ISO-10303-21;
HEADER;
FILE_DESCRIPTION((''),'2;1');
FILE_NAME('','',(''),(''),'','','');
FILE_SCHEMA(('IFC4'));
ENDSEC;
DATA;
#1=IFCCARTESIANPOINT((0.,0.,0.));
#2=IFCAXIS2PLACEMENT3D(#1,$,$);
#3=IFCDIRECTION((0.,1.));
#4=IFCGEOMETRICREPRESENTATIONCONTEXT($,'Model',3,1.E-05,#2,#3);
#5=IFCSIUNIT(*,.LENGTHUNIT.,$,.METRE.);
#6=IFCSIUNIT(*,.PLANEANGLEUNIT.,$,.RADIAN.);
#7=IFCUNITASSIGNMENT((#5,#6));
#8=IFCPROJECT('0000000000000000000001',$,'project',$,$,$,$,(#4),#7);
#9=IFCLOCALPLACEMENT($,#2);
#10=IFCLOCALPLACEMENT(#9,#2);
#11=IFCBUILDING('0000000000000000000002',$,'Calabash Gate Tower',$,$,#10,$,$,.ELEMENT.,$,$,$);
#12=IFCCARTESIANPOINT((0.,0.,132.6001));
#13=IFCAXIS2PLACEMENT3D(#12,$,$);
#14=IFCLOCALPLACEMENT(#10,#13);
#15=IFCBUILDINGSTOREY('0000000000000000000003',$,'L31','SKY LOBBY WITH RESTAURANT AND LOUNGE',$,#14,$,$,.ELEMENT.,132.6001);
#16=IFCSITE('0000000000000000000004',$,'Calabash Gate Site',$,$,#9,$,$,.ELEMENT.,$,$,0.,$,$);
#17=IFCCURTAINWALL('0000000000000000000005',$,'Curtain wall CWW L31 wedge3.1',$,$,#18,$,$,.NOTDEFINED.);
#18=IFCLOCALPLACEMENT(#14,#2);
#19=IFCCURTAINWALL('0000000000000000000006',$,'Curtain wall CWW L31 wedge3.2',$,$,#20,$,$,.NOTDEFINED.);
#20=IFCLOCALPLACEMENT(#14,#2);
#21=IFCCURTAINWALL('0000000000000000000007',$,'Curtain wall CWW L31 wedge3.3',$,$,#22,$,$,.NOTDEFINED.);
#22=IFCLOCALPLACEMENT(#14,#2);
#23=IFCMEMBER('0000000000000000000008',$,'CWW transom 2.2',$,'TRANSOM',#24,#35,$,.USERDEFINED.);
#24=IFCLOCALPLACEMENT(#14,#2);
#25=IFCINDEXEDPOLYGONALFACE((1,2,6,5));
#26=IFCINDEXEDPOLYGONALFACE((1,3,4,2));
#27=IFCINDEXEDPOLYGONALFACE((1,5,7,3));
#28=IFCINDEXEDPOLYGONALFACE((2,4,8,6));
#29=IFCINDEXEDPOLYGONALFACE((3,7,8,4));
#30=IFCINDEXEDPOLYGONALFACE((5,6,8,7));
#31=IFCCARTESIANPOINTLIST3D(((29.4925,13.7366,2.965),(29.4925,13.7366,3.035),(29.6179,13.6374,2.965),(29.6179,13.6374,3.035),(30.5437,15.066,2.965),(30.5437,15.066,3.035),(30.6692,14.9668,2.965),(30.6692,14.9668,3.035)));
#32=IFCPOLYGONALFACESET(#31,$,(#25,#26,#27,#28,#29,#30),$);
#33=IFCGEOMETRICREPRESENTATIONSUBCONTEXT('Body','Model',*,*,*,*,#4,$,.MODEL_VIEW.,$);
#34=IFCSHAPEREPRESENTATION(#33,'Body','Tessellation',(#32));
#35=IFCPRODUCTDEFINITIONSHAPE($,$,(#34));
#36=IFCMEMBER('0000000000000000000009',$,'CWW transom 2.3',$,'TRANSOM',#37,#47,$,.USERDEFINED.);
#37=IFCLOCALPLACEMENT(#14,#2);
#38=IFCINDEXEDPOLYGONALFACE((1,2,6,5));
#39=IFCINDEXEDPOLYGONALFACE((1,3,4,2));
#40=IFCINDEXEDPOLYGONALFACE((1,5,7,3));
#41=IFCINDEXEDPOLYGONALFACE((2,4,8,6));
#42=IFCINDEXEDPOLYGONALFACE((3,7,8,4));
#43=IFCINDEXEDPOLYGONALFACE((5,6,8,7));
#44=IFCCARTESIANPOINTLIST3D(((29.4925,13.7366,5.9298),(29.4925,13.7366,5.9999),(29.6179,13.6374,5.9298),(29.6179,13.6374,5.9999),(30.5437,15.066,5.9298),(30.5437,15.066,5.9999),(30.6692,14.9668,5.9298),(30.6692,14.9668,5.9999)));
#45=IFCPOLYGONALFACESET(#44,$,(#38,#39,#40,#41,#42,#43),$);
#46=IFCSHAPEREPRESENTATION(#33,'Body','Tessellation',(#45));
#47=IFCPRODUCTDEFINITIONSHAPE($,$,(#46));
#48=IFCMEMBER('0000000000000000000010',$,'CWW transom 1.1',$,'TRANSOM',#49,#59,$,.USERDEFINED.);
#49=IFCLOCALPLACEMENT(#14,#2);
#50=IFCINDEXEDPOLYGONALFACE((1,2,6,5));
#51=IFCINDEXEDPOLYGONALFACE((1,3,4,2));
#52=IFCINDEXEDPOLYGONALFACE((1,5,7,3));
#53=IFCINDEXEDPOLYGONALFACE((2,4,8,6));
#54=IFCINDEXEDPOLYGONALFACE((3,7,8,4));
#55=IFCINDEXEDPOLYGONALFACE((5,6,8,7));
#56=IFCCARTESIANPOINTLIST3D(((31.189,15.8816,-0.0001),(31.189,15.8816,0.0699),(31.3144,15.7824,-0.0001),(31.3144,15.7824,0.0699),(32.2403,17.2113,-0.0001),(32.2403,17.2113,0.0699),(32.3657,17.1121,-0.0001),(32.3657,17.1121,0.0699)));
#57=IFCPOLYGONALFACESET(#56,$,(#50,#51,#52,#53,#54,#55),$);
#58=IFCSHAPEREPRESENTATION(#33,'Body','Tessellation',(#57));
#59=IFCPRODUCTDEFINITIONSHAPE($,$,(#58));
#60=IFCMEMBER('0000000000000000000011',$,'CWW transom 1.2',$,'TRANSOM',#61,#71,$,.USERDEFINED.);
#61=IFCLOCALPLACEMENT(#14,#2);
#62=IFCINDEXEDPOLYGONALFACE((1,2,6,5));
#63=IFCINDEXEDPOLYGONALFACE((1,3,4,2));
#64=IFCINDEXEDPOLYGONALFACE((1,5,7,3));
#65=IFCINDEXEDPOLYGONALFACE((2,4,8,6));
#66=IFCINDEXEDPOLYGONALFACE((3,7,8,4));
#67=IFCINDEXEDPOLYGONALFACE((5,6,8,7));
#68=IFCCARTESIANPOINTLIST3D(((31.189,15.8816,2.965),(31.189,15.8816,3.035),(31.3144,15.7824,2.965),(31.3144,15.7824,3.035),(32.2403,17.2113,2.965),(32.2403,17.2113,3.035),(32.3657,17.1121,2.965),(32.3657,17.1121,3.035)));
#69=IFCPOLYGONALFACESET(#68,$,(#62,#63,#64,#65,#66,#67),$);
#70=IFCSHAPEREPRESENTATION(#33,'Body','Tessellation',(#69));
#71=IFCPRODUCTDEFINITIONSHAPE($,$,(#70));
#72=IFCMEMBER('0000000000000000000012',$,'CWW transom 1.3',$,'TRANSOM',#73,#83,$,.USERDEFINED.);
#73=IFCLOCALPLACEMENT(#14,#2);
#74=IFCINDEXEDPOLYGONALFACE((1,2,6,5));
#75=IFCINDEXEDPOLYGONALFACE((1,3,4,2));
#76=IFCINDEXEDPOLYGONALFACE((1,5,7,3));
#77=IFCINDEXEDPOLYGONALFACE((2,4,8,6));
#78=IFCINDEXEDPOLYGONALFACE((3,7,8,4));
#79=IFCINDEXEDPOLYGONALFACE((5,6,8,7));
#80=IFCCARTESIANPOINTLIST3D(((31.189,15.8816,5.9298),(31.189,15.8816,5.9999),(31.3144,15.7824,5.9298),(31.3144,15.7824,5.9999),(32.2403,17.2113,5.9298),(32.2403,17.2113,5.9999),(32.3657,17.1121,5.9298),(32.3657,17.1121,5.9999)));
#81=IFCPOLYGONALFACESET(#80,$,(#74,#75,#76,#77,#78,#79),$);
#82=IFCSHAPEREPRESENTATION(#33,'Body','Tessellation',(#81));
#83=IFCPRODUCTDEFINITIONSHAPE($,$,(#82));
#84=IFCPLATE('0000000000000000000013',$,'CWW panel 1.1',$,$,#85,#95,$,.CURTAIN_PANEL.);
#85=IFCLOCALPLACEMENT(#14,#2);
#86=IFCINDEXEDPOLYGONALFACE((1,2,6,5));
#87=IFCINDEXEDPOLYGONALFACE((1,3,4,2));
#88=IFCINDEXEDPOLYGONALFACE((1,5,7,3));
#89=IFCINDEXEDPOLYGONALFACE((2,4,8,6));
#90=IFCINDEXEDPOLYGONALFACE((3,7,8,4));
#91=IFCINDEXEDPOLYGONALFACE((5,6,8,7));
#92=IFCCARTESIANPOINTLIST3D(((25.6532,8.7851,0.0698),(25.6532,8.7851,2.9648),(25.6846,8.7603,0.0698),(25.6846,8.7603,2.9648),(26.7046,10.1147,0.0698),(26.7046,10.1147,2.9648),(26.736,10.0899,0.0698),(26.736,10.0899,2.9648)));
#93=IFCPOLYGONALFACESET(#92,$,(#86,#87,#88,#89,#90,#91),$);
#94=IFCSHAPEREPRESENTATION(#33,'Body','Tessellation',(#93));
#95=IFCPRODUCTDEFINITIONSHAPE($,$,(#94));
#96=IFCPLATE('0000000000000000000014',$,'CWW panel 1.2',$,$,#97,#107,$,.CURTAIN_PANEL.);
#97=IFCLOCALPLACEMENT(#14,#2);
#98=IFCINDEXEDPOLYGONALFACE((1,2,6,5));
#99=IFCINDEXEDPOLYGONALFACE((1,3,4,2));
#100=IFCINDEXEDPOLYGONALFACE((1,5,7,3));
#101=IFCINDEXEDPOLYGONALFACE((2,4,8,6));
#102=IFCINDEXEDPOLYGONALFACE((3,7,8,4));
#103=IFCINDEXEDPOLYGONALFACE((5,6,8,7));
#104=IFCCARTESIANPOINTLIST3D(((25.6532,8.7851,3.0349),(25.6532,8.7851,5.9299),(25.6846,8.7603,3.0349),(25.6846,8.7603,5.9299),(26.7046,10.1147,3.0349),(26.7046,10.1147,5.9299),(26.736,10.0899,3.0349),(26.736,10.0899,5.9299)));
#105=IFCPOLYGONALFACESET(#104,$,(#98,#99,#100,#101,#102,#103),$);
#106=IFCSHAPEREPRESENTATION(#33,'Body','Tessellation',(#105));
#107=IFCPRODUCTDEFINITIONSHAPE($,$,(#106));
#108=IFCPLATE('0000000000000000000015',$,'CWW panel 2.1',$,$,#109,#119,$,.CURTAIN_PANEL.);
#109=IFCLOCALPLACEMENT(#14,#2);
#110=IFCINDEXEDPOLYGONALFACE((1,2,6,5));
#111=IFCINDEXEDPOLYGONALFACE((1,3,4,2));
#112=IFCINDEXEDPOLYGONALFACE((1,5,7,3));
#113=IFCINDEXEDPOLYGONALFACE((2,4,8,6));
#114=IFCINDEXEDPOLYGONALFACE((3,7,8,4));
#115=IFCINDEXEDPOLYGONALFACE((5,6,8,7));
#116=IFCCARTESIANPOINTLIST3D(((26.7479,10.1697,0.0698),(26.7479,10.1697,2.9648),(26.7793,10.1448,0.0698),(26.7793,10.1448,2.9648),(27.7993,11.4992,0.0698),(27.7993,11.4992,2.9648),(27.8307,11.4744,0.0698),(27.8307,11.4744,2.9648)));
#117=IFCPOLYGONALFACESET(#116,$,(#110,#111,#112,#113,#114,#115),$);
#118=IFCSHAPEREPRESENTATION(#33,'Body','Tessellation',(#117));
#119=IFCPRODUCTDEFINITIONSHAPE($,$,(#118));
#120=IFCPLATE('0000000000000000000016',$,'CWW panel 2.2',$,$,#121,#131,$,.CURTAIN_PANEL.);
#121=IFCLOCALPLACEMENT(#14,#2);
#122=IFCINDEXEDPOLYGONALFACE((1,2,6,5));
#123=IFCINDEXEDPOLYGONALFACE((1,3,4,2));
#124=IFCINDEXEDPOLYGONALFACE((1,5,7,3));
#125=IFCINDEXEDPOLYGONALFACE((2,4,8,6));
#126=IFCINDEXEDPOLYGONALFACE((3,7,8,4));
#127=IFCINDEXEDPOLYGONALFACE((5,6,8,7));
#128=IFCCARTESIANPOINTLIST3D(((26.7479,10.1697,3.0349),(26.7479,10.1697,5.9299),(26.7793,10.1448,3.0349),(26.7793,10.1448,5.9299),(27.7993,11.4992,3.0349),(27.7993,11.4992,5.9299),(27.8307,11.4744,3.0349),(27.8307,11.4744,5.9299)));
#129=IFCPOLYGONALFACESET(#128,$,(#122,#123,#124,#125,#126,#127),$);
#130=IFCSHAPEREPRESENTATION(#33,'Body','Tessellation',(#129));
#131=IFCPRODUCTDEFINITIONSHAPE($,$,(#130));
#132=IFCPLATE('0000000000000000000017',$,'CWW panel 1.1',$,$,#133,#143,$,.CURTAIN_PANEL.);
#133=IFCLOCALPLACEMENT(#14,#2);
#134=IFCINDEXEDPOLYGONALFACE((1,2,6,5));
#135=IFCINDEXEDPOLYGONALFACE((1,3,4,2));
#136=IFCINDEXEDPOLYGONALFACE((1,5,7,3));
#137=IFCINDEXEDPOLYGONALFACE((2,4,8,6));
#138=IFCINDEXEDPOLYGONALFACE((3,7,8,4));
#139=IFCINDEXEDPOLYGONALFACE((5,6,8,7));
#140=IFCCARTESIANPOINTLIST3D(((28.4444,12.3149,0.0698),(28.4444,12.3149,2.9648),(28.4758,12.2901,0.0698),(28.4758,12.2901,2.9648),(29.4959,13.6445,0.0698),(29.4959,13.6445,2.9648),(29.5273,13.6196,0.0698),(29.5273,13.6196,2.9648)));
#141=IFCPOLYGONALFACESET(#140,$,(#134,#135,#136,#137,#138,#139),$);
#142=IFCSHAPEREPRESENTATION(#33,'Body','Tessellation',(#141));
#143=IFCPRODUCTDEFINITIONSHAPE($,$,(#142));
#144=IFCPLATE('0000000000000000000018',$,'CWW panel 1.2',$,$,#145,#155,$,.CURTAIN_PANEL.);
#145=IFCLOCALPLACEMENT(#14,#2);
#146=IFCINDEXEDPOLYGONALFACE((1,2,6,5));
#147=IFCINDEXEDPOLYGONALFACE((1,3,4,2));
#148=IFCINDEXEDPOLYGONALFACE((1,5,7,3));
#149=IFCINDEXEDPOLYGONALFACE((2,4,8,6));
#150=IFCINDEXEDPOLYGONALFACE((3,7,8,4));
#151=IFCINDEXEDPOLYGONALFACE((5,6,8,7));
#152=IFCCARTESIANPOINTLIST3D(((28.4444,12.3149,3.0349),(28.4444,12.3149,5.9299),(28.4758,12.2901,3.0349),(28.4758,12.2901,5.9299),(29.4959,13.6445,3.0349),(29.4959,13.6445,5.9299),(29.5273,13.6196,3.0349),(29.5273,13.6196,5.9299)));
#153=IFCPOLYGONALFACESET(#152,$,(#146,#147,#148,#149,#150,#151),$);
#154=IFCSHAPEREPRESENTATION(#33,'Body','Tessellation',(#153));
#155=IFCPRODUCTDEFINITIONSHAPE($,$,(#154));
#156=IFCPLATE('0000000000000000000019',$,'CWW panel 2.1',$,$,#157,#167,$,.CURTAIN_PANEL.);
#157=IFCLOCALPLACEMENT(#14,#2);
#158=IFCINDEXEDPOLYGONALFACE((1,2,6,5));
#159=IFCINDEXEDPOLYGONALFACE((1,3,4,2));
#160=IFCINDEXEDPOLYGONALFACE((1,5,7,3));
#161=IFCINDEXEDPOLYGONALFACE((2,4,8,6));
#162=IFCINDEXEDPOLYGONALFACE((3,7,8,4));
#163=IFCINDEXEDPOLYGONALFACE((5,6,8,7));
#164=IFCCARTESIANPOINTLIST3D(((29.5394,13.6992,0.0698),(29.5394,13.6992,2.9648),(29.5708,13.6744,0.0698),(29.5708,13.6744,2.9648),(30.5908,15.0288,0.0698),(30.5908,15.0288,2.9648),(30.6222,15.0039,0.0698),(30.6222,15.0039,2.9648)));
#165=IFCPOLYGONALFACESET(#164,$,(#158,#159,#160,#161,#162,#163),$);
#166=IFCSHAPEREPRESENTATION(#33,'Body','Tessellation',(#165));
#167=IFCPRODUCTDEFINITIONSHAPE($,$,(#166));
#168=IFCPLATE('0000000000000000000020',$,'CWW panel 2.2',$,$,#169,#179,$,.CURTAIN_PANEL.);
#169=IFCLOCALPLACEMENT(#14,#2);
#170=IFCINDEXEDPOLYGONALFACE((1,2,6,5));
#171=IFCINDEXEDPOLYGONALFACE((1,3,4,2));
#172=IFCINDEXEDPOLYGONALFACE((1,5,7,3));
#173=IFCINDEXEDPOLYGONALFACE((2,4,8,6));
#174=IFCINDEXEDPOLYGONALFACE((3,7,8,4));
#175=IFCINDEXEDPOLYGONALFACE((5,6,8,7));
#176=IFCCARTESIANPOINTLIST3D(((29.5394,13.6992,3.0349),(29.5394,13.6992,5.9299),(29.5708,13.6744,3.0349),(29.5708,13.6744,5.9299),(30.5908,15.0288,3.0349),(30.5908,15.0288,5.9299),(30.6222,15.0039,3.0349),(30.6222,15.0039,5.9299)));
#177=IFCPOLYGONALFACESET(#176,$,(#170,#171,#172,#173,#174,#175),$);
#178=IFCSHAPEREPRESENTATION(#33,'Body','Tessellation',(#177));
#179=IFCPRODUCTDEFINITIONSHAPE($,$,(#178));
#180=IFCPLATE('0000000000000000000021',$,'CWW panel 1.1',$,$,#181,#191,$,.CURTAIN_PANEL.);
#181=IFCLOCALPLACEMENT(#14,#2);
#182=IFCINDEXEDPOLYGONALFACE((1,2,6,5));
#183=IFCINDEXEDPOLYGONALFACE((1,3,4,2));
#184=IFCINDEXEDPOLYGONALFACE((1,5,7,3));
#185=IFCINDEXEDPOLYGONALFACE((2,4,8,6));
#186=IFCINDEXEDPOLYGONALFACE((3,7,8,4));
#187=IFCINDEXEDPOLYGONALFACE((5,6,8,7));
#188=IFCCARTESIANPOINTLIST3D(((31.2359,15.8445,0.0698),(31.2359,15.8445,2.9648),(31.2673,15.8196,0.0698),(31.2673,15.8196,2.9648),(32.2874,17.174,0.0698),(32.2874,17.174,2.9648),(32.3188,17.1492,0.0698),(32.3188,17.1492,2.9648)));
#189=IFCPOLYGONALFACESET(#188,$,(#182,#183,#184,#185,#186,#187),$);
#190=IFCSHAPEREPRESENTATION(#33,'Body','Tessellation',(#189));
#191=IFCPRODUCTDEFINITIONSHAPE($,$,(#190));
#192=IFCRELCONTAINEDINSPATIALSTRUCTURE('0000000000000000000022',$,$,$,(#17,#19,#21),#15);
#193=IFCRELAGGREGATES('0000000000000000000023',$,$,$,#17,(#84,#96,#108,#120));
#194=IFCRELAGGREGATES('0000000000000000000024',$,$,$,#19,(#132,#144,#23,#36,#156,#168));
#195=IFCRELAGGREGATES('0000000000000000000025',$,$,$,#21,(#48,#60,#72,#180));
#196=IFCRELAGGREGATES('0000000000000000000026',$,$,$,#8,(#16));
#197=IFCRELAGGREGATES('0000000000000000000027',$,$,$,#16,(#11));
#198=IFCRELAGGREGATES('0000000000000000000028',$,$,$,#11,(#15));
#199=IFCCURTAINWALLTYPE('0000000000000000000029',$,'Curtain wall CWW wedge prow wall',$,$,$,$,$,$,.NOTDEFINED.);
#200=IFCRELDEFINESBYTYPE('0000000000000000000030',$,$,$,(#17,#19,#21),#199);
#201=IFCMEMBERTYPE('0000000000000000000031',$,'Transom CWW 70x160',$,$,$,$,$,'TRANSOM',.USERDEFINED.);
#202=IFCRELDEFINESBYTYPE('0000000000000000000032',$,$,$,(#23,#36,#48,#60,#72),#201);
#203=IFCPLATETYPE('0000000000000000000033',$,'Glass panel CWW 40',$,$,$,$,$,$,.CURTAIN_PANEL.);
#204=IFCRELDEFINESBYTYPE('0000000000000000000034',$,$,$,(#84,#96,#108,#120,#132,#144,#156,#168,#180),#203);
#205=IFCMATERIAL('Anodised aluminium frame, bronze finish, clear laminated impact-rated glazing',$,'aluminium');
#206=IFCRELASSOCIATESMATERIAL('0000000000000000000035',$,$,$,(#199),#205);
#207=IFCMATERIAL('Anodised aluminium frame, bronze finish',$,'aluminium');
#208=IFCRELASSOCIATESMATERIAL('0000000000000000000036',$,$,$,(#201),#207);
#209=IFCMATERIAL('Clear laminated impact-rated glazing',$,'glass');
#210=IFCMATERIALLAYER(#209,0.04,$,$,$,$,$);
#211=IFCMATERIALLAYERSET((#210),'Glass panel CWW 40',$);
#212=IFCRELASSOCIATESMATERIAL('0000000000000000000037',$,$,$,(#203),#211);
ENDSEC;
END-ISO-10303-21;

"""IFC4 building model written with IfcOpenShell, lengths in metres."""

from ifc_helpers import new_model, si_unit, direction, frame, origin, origin_2d, place, context, subcontext, project, spatial, rectangle, extrude, material, layer, layer_set, material_profile, profile_set, type_object, element, aggregate, save


model = new_model("IFC4")

# Units and contexts
model_context = context("Model", 3, precision=1e-05, world=origin(), true_north=direction((0.0, 1.0)))
body_context = subcontext(model_context, "Body", "Model", "MODEL_VIEW")
ifc_project = project(units=[si_unit("LENGTHUNIT", "METRE"), si_unit("PLANEANGLEUNIT", "RADIAN")], contexts=[model_context])

# Site, building, storey
site_placement = place(None, origin())
site = spatial("IfcSite", under=ifc_project, at=site_placement, Name="Calabash Gate Site", CompositionType="ELEMENT", RefElevation=0.0)
building_placement = place(site_placement, origin())
building = spatial("IfcBuilding", under=site, at=building_placement, Name="Calabash Gate Tower", CompositionType="ELEMENT")
storey_placement = place(building_placement, frame((0.0, 0.0, 132.6001)))
storey = spatial("IfcBuildingStorey", under=building, at=storey_placement, Name="L31", Description="SKY LOBBY WITH RESTAURANT AND LOUNGE", CompositionType="ELEMENT", Elevation=132.6001)

# Curtain walls
ifc_material_1 = material(Name="Anodised aluminium frame, bronze finish, clear laminated impact-rated glazing", Category="aluminium")
curtain_wall_type = type_object("IfcCurtainWallType", Name="Curtain wall CWW wedge prow wall", PredefinedType="NOTDEFINED", material=ifc_material_1)
curtain_wall_1_placement = place(storey_placement, origin())
curtain_wall_1 = element("IfcCurtainWall", 1, at=curtain_wall_1_placement, inside=storey, type_object=curtain_wall_type, Name="Curtain wall CWW L31 wedge3.1", PredefinedType="NOTDEFINED")
curtain_wall_2_placement = place(storey_placement, origin())
curtain_wall_2 = element("IfcCurtainWall", 2, at=curtain_wall_2_placement, inside=storey, type_object=curtain_wall_type, Name="Curtain wall CWW L31 wedge3.2", PredefinedType="NOTDEFINED")

# Curtain wall
curtain_wall_3_placement = place(storey_placement, origin())
curtain_wall_3 = element("IfcCurtainWall", 3, at=curtain_wall_3_placement, inside=storey, type_object=curtain_wall_type, Name="Curtain wall CWW L31 wedge3.3", PredefinedType="NOTDEFINED")

# Members
ifc_material_2 = material(Name="Anodised aluminium frame, bronze finish", Category="aluminium")
ifc_material_profile_1 = material_profile(ifc_material_2, rectangle(XDim=0.1599, YDim=0.0701, at=origin_2d()))
ifc_profile_set_1 = profile_set([ifc_material_profile_1], Name="Anodised aluminium frame, bronze finish")
member_type_1 = type_object("IfcMemberType", Name="Transom CWW 70x160", ElementType="TRANSOM", PredefinedType="USERDEFINED", material=ifc_profile_set_1)
member_1_placement = place(storey_placement, frame((29.5552, 13.687, 3.0), z_axis=(0.620293, 0.78437, 0.0), x_axis=(-0.78437, 0.620293, 0.0)))
member_1 = element("IfcMember", 4, at=member_1_placement, type_object=member_type_1, Name="CWW transom 2.2", ObjectType="TRANSOM", PredefinedType="USERDEFINED", context=body_context, shape_type="SweptSolid", body=[
    extrude(rectangle(XDim=0.1599, YDim=0.0701, at=origin_2d()), origin(), (0.0, 0.0, 1.0), 1.6948),
])
member_2_placement = place(storey_placement, frame((29.5552, 13.687, 5.9648), z_axis=(0.620293, 0.78437, 0.0), x_axis=(-0.78437, 0.620293, 0.0)))
member_2 = element("IfcMember", 5, at=member_2_placement, type_object=member_type_1, Name="CWW transom 2.3", ObjectType="TRANSOM", PredefinedType="USERDEFINED", context=body_context, shape_type="SweptSolid", body=[
    extrude(rectangle(XDim=0.1599, YDim=0.0701, at=origin_2d()), origin(), (0.0, 0.0, 1.0), 1.6948),
])
member_3_placement = place(storey_placement, frame((31.2517, 15.832, 0.0349), z_axis=(0.620223, 0.784425, 0.0), x_axis=(-0.784425, 0.620223, 0.0)))
member_3 = element("IfcMember", 6, at=member_3_placement, type_object=member_type_1, Name="CWW transom 1.1", ObjectType="TRANSOM", PredefinedType="USERDEFINED", context=body_context, shape_type="SweptSolid", body=[
    extrude(rectangle(XDim=0.1599, YDim=0.0701, at=origin_2d()), origin(), (0.0, 0.0, 1.0), 1.6951),
])
member_4_placement = place(storey_placement, frame((31.2517, 15.832, 3.0), z_axis=(0.620223, 0.784425, 0.0), x_axis=(-0.784425, 0.620223, 0.0)))
member_4 = element("IfcMember", 7, at=member_4_placement, type_object=member_type_1, Name="CWW transom 1.2", ObjectType="TRANSOM", PredefinedType="USERDEFINED", context=body_context, shape_type="SweptSolid", body=[
    extrude(rectangle(XDim=0.1599, YDim=0.0701, at=origin_2d()), origin(), (0.0, 0.0, 1.0), 1.6951),
])
member_5_placement = place(storey_placement, frame((31.2517, 15.832, 5.9648), z_axis=(0.620223, 0.784425, 0.0), x_axis=(-0.784425, 0.620223, 0.0)))
member_5 = element("IfcMember", 8, at=member_5_placement, type_object=member_type_1, Name="CWW transom 1.3", ObjectType="TRANSOM", PredefinedType="USERDEFINED", context=body_context, shape_type="SweptSolid", body=[
    extrude(rectangle(XDim=0.1599, YDim=0.0701, at=origin_2d()), origin(), (0.0, 0.0, 1.0), 1.6951),
])

# Plates
ifc_material_3 = material(Name="Clear laminated impact-rated glazing", Category="glass")
ifc_layer_1 = layer(ifc_material_3, 0.04)
ifc_layer_set_1 = layer_set([ifc_layer_1], Name="Glass panel CWW 40")
plate_type = type_object("IfcPlateType", Name="Glass panel CWW 40", PredefinedType="CURTAIN_PANEL", material=ifc_layer_set_1)
plate_1_placement = place(storey_placement, frame((26.1946, 9.4375, 0.0698), z_axis=(0.0, 0.0, 1.0), x_axis=(0.620301, 0.784364, 0.0)))
plate_1 = element("IfcPlate", 9, at=plate_1_placement, type_object=plate_type, Name="CWW panel 1.1", PredefinedType="CURTAIN_PANEL", context=body_context, shape_type="SweptSolid", body=[
    extrude(rectangle(XDim=1.6951, YDim=0.04, at=origin_2d()), origin(), (0.0, 0.0, 1.0), 2.895),
])
plate_2_placement = place(storey_placement, frame((26.1946, 9.4375, 3.0349), z_axis=(0.0, 0.0, 1.0), x_axis=(0.620301, 0.784364, 0.0)))
plate_2 = element("IfcPlate", 10, at=plate_2_placement, type_object=plate_type, Name="CWW panel 1.2", PredefinedType="CURTAIN_PANEL", context=body_context, shape_type="SweptSolid", body=[
    extrude(rectangle(XDim=1.6951, YDim=0.04, at=origin_2d()), origin(), (0.0, 0.0, 1.0), 2.895),
])
plate_3_placement = place(storey_placement, frame((27.2893, 10.822, 0.0698), z_axis=(0.0, 0.0, 1.0), x_axis=(0.620301, 0.784364, 0.0)))
plate_3 = element("IfcPlate", 11, at=plate_3_placement, type_object=plate_type, Name="CWW panel 2.1", PredefinedType="CURTAIN_PANEL", context=body_context, shape_type="SweptSolid", body=[
    extrude(rectangle(XDim=1.6951, YDim=0.04, at=origin_2d()), origin(), (0.0, 0.0, 1.0), 2.895),
])
plate_4_placement = place(storey_placement, frame((27.2893, 10.822, 3.0349), z_axis=(0.0, 0.0, 1.0), x_axis=(0.620301, 0.784364, 0.0)))
plate_4 = element("IfcPlate", 12, at=plate_4_placement, type_object=plate_type, Name="CWW panel 2.2", PredefinedType="CURTAIN_PANEL", context=body_context, shape_type="SweptSolid", body=[
    extrude(rectangle(XDim=1.6951, YDim=0.04, at=origin_2d()), origin(), (0.0, 0.0, 1.0), 2.895),
])
aggregate(curtain_wall_1, [plate_1, plate_2, plate_3, plate_4])
plate_5_placement = place(storey_placement, frame((28.9858, 12.9673, 0.0698), z_axis=(0.0, 0.0, 1.0), x_axis=(0.620301, 0.784364, 0.0)))
plate_5 = element("IfcPlate", 13, at=plate_5_placement, type_object=plate_type, Name="CWW panel 1.1", PredefinedType="CURTAIN_PANEL", context=body_context, shape_type="SweptSolid", body=[
    extrude(rectangle(XDim=1.6951, YDim=0.04, at=origin_2d()), origin(), (0.0, 0.0, 1.0), 2.895),
])
plate_6_placement = place(storey_placement, frame((28.9858, 12.9673, 3.0349), z_axis=(0.0, 0.0, 1.0), x_axis=(0.620301, 0.784364, 0.0)))
plate_6 = element("IfcPlate", 14, at=plate_6_placement, type_object=plate_type, Name="CWW panel 1.2", PredefinedType="CURTAIN_PANEL", context=body_context, shape_type="SweptSolid", body=[
    extrude(rectangle(XDim=1.6951, YDim=0.04, at=origin_2d()), origin(), (0.0, 0.0, 1.0), 2.895),
])
plate_7_placement = place(storey_placement, frame((30.0808, 14.3516, 0.0698), z_axis=(0.0, 0.0, 1.0), x_axis=(0.620301, 0.784364, 0.0)))
plate_7 = element("IfcPlate", 15, at=plate_7_placement, type_object=plate_type, Name="CWW panel 2.1", PredefinedType="CURTAIN_PANEL", context=body_context, shape_type="SweptSolid", body=[
    extrude(rectangle(XDim=1.6951, YDim=0.04, at=origin_2d()), origin(), (0.0, 0.0, 1.0), 2.895),
])
plate_8_placement = place(storey_placement, frame((30.0808, 14.3516, 3.0349), z_axis=(0.0, 0.0, 1.0), x_axis=(0.620301, 0.784364, 0.0)))
plate_8 = element("IfcPlate", 16, at=plate_8_placement, type_object=plate_type, Name="CWW panel 2.2", PredefinedType="CURTAIN_PANEL", context=body_context, shape_type="SweptSolid", body=[
    extrude(rectangle(XDim=1.6951, YDim=0.04, at=origin_2d()), origin(), (0.0, 0.0, 1.0), 2.895),
])
aggregate(curtain_wall_2, [plate_5, plate_6, member_1, member_2, plate_7, plate_8])
plate_9_placement = place(storey_placement, frame((31.7773, 16.4968, 0.0698), z_axis=(0.0, 0.0, 1.0), x_axis=(0.620301, 0.784364, 0.0)))
plate_9 = element("IfcPlate", 17, at=plate_9_placement, type_object=plate_type, Name="CWW panel 1.1", PredefinedType="CURTAIN_PANEL", context=body_context, shape_type="SweptSolid", body=[
    extrude(rectangle(XDim=1.6951, YDim=0.04, at=origin_2d()), origin(), (0.0, 0.0, 1.0), 2.895),
])
aggregate(curtain_wall_3, [member_3, member_4, member_5, plate_9])

save(model, "model.ifc")
